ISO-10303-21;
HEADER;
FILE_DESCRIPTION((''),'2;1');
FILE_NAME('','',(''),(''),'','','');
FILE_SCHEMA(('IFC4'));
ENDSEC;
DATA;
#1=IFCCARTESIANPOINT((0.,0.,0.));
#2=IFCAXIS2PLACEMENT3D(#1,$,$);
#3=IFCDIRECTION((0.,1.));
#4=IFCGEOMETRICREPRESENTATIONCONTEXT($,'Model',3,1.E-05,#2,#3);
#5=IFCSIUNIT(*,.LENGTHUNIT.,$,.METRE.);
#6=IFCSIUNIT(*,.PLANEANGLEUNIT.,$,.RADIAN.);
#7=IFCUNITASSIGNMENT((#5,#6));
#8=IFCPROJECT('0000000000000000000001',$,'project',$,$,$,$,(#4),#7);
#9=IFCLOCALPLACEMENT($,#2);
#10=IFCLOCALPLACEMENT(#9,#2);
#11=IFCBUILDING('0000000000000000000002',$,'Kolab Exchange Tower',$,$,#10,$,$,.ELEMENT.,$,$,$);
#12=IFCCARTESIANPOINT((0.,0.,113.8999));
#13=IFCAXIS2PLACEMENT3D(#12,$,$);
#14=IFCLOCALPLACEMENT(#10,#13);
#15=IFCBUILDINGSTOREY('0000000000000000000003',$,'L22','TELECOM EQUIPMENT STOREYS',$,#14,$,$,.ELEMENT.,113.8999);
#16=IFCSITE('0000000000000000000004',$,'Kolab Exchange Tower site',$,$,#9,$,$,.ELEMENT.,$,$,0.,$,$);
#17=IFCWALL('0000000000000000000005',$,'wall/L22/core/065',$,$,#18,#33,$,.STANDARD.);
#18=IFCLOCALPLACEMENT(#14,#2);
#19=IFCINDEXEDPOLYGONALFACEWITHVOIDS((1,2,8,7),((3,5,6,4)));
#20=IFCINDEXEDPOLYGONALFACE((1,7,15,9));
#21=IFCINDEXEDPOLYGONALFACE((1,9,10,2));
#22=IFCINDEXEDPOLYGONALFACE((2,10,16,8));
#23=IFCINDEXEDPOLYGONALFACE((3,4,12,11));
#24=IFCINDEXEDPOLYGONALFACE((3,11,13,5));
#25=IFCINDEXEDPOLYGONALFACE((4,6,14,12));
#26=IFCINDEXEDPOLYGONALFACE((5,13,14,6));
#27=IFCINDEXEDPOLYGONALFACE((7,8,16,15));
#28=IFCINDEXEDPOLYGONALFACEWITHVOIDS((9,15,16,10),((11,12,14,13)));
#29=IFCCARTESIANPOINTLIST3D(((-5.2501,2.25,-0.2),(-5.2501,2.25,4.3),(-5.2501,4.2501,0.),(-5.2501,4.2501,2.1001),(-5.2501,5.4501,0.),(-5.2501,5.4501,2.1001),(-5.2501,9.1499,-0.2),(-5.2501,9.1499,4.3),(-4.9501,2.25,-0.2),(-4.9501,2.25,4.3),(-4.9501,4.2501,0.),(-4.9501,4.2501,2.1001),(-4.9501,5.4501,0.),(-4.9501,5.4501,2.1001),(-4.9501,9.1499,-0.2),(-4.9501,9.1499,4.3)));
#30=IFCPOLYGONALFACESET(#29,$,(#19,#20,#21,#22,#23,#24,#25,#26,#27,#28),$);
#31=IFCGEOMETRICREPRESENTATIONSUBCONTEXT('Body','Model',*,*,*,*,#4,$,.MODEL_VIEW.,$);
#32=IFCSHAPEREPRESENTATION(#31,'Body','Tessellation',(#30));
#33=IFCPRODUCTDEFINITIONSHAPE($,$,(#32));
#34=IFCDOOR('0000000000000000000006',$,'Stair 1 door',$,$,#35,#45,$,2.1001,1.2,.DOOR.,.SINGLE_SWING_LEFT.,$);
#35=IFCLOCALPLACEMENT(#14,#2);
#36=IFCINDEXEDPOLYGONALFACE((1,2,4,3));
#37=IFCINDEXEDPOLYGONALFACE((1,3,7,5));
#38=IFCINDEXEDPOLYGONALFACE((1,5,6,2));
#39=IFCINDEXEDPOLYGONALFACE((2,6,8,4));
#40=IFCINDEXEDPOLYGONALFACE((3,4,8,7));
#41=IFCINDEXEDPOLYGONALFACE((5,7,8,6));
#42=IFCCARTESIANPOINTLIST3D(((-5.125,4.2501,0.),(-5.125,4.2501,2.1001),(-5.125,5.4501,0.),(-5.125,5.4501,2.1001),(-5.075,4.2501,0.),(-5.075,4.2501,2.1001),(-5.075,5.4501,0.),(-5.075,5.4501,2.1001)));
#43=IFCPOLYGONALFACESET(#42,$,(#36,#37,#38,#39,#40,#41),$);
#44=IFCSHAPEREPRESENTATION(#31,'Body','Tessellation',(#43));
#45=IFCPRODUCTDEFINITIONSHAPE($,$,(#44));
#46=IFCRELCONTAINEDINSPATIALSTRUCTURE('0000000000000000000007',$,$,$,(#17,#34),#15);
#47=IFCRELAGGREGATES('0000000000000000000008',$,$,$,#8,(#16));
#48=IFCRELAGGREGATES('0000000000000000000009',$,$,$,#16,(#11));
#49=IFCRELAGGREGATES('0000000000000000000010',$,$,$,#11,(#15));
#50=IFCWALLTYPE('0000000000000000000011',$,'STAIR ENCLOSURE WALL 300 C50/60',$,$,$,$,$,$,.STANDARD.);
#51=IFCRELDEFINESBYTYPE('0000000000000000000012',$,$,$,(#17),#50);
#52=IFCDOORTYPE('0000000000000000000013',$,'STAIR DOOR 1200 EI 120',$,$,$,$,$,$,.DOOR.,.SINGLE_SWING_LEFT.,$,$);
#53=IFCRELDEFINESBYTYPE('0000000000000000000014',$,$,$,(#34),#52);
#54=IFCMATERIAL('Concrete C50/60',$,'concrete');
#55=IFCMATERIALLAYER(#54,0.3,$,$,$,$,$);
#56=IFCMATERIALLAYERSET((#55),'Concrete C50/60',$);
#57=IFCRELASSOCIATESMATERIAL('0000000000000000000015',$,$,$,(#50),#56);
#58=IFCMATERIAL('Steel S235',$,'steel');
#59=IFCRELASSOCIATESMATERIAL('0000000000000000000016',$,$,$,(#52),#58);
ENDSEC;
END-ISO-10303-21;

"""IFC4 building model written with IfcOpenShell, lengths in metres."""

from ifc_helpers import new_model, si_unit, direction, frame, frame_2d, origin, place, context, subcontext, project, spatial, rectangle, extrude, material, layer, layer_set, type_object, element, fill, save


model = new_model("IFC4")

# Units and contexts
model_context = context("Model", 3, precision=1e-05, world=origin(), true_north=direction((0.0, 1.0)))
body_context = subcontext(model_context, "Body", "Model", "MODEL_VIEW")
ifc_project = project(units=[si_unit("LENGTHUNIT", "METRE"), si_unit("PLANEANGLEUNIT", "RADIAN")], contexts=[model_context])

# Site, building, storey
site_placement = place(None, origin())
site = spatial("IfcSite", under=ifc_project, at=site_placement, Name="Kolab Exchange Tower site", CompositionType="ELEMENT", RefElevation=0.0)
building_placement = place(site_placement, origin())
building = spatial("IfcBuilding", under=site, at=building_placement, Name="Kolab Exchange Tower", CompositionType="ELEMENT")
storey_placement = place(building_placement, frame((0.0, 0.0, 113.8999)))
storey = spatial("IfcBuildingStorey", under=building, at=storey_placement, Name="L22", Description="TELECOM EQUIPMENT STOREYS", CompositionType="ELEMENT", Elevation=113.8999)

# Shared definitions
ifc_material_1 = material(Name="Concrete C50/60", Category="concrete")

# Shared definitions
ifc_material_2 = material(Name="Steel S235", Category="steel")

# Shared definitions
ifc_layer_1 = layer(ifc_material_1, 0.3)
ifc_layer_set_1 = layer_set([ifc_layer_1], Name="Concrete C50/60")
wall_type_1 = type_object("IfcWallType", Name="STAIR ENCLOSURE WALL 300 C50/60", PredefinedType="STANDARD", material=ifc_layer_set_1)

# Shared definitions
door_type_1 = type_object("IfcDoorType", Name="STAIR DOOR 1200 EI 120", OperationType="SINGLE_SWING_LEFT", PredefinedType="DOOR", material=ifc_material_2)

# Wall, opening, door
wall_1_placement = place(storey_placement, frame((-5.1001, 2.25, -0.2), z_axis=(0.0, 0.0, 1.0), x_axis=(0.0, 1.0, 0.0)))
wall_1 = element("IfcWall", 1, at=wall_1_placement, inside=storey, type_object=wall_type_1, Name="wall/L22/core/065", PredefinedType="STANDARD", context=body_context, shape_type="SweptSolid", body=[
    extrude(rectangle(XDim=6.8999, YDim=0.3, at=frame_2d((3.45, 0.0))), origin(), (0.0, 0.0, 1.0), 4.5),
])
opening_1_placement = place(wall_1_placement, frame((2.0, 0.0, 0.2)))
opening_1 = element("IfcOpeningElement", 2, at=opening_1_placement, cuts=wall_1, PredefinedType="OPENING", context=body_context, shape_type="SweptSolid", body=[
    extrude(rectangle(XDim=1.2, YDim=2.1001, at=frame_2d((0.6001, 1.05))), frame((0.0, 0.1602, 0.0), z_axis=(0.0, -1.0, 0.0), x_axis=(1.0, 0.0, 0.0)), (0.0, 0.0, 1.0), 0.3201),
])
door_1_placement = place(opening_1_placement, origin())
door_1 = element("IfcDoor", 3, at=door_1_placement, inside=storey, type_object=door_type_1, Name="Stair 1 door", OperationType="SINGLE_SWING_LEFT", OverallHeight=2.1001, OverallWidth=1.2, PredefinedType="DOOR", context=body_context, shape_type="SweptSolid", body=[
    extrude(rectangle(XDim=1.2, YDim=2.1001, at=frame_2d((0.6001, 1.05))), frame((0.0, 0.0249, 0.0), z_axis=(0.0, -1.0, 0.0), x_axis=(1.0, 0.0, 0.0)), (0.0, 0.0, 1.0), 0.05),
])
fill(opening_1, door_1)

save(model, "model.ifc")
